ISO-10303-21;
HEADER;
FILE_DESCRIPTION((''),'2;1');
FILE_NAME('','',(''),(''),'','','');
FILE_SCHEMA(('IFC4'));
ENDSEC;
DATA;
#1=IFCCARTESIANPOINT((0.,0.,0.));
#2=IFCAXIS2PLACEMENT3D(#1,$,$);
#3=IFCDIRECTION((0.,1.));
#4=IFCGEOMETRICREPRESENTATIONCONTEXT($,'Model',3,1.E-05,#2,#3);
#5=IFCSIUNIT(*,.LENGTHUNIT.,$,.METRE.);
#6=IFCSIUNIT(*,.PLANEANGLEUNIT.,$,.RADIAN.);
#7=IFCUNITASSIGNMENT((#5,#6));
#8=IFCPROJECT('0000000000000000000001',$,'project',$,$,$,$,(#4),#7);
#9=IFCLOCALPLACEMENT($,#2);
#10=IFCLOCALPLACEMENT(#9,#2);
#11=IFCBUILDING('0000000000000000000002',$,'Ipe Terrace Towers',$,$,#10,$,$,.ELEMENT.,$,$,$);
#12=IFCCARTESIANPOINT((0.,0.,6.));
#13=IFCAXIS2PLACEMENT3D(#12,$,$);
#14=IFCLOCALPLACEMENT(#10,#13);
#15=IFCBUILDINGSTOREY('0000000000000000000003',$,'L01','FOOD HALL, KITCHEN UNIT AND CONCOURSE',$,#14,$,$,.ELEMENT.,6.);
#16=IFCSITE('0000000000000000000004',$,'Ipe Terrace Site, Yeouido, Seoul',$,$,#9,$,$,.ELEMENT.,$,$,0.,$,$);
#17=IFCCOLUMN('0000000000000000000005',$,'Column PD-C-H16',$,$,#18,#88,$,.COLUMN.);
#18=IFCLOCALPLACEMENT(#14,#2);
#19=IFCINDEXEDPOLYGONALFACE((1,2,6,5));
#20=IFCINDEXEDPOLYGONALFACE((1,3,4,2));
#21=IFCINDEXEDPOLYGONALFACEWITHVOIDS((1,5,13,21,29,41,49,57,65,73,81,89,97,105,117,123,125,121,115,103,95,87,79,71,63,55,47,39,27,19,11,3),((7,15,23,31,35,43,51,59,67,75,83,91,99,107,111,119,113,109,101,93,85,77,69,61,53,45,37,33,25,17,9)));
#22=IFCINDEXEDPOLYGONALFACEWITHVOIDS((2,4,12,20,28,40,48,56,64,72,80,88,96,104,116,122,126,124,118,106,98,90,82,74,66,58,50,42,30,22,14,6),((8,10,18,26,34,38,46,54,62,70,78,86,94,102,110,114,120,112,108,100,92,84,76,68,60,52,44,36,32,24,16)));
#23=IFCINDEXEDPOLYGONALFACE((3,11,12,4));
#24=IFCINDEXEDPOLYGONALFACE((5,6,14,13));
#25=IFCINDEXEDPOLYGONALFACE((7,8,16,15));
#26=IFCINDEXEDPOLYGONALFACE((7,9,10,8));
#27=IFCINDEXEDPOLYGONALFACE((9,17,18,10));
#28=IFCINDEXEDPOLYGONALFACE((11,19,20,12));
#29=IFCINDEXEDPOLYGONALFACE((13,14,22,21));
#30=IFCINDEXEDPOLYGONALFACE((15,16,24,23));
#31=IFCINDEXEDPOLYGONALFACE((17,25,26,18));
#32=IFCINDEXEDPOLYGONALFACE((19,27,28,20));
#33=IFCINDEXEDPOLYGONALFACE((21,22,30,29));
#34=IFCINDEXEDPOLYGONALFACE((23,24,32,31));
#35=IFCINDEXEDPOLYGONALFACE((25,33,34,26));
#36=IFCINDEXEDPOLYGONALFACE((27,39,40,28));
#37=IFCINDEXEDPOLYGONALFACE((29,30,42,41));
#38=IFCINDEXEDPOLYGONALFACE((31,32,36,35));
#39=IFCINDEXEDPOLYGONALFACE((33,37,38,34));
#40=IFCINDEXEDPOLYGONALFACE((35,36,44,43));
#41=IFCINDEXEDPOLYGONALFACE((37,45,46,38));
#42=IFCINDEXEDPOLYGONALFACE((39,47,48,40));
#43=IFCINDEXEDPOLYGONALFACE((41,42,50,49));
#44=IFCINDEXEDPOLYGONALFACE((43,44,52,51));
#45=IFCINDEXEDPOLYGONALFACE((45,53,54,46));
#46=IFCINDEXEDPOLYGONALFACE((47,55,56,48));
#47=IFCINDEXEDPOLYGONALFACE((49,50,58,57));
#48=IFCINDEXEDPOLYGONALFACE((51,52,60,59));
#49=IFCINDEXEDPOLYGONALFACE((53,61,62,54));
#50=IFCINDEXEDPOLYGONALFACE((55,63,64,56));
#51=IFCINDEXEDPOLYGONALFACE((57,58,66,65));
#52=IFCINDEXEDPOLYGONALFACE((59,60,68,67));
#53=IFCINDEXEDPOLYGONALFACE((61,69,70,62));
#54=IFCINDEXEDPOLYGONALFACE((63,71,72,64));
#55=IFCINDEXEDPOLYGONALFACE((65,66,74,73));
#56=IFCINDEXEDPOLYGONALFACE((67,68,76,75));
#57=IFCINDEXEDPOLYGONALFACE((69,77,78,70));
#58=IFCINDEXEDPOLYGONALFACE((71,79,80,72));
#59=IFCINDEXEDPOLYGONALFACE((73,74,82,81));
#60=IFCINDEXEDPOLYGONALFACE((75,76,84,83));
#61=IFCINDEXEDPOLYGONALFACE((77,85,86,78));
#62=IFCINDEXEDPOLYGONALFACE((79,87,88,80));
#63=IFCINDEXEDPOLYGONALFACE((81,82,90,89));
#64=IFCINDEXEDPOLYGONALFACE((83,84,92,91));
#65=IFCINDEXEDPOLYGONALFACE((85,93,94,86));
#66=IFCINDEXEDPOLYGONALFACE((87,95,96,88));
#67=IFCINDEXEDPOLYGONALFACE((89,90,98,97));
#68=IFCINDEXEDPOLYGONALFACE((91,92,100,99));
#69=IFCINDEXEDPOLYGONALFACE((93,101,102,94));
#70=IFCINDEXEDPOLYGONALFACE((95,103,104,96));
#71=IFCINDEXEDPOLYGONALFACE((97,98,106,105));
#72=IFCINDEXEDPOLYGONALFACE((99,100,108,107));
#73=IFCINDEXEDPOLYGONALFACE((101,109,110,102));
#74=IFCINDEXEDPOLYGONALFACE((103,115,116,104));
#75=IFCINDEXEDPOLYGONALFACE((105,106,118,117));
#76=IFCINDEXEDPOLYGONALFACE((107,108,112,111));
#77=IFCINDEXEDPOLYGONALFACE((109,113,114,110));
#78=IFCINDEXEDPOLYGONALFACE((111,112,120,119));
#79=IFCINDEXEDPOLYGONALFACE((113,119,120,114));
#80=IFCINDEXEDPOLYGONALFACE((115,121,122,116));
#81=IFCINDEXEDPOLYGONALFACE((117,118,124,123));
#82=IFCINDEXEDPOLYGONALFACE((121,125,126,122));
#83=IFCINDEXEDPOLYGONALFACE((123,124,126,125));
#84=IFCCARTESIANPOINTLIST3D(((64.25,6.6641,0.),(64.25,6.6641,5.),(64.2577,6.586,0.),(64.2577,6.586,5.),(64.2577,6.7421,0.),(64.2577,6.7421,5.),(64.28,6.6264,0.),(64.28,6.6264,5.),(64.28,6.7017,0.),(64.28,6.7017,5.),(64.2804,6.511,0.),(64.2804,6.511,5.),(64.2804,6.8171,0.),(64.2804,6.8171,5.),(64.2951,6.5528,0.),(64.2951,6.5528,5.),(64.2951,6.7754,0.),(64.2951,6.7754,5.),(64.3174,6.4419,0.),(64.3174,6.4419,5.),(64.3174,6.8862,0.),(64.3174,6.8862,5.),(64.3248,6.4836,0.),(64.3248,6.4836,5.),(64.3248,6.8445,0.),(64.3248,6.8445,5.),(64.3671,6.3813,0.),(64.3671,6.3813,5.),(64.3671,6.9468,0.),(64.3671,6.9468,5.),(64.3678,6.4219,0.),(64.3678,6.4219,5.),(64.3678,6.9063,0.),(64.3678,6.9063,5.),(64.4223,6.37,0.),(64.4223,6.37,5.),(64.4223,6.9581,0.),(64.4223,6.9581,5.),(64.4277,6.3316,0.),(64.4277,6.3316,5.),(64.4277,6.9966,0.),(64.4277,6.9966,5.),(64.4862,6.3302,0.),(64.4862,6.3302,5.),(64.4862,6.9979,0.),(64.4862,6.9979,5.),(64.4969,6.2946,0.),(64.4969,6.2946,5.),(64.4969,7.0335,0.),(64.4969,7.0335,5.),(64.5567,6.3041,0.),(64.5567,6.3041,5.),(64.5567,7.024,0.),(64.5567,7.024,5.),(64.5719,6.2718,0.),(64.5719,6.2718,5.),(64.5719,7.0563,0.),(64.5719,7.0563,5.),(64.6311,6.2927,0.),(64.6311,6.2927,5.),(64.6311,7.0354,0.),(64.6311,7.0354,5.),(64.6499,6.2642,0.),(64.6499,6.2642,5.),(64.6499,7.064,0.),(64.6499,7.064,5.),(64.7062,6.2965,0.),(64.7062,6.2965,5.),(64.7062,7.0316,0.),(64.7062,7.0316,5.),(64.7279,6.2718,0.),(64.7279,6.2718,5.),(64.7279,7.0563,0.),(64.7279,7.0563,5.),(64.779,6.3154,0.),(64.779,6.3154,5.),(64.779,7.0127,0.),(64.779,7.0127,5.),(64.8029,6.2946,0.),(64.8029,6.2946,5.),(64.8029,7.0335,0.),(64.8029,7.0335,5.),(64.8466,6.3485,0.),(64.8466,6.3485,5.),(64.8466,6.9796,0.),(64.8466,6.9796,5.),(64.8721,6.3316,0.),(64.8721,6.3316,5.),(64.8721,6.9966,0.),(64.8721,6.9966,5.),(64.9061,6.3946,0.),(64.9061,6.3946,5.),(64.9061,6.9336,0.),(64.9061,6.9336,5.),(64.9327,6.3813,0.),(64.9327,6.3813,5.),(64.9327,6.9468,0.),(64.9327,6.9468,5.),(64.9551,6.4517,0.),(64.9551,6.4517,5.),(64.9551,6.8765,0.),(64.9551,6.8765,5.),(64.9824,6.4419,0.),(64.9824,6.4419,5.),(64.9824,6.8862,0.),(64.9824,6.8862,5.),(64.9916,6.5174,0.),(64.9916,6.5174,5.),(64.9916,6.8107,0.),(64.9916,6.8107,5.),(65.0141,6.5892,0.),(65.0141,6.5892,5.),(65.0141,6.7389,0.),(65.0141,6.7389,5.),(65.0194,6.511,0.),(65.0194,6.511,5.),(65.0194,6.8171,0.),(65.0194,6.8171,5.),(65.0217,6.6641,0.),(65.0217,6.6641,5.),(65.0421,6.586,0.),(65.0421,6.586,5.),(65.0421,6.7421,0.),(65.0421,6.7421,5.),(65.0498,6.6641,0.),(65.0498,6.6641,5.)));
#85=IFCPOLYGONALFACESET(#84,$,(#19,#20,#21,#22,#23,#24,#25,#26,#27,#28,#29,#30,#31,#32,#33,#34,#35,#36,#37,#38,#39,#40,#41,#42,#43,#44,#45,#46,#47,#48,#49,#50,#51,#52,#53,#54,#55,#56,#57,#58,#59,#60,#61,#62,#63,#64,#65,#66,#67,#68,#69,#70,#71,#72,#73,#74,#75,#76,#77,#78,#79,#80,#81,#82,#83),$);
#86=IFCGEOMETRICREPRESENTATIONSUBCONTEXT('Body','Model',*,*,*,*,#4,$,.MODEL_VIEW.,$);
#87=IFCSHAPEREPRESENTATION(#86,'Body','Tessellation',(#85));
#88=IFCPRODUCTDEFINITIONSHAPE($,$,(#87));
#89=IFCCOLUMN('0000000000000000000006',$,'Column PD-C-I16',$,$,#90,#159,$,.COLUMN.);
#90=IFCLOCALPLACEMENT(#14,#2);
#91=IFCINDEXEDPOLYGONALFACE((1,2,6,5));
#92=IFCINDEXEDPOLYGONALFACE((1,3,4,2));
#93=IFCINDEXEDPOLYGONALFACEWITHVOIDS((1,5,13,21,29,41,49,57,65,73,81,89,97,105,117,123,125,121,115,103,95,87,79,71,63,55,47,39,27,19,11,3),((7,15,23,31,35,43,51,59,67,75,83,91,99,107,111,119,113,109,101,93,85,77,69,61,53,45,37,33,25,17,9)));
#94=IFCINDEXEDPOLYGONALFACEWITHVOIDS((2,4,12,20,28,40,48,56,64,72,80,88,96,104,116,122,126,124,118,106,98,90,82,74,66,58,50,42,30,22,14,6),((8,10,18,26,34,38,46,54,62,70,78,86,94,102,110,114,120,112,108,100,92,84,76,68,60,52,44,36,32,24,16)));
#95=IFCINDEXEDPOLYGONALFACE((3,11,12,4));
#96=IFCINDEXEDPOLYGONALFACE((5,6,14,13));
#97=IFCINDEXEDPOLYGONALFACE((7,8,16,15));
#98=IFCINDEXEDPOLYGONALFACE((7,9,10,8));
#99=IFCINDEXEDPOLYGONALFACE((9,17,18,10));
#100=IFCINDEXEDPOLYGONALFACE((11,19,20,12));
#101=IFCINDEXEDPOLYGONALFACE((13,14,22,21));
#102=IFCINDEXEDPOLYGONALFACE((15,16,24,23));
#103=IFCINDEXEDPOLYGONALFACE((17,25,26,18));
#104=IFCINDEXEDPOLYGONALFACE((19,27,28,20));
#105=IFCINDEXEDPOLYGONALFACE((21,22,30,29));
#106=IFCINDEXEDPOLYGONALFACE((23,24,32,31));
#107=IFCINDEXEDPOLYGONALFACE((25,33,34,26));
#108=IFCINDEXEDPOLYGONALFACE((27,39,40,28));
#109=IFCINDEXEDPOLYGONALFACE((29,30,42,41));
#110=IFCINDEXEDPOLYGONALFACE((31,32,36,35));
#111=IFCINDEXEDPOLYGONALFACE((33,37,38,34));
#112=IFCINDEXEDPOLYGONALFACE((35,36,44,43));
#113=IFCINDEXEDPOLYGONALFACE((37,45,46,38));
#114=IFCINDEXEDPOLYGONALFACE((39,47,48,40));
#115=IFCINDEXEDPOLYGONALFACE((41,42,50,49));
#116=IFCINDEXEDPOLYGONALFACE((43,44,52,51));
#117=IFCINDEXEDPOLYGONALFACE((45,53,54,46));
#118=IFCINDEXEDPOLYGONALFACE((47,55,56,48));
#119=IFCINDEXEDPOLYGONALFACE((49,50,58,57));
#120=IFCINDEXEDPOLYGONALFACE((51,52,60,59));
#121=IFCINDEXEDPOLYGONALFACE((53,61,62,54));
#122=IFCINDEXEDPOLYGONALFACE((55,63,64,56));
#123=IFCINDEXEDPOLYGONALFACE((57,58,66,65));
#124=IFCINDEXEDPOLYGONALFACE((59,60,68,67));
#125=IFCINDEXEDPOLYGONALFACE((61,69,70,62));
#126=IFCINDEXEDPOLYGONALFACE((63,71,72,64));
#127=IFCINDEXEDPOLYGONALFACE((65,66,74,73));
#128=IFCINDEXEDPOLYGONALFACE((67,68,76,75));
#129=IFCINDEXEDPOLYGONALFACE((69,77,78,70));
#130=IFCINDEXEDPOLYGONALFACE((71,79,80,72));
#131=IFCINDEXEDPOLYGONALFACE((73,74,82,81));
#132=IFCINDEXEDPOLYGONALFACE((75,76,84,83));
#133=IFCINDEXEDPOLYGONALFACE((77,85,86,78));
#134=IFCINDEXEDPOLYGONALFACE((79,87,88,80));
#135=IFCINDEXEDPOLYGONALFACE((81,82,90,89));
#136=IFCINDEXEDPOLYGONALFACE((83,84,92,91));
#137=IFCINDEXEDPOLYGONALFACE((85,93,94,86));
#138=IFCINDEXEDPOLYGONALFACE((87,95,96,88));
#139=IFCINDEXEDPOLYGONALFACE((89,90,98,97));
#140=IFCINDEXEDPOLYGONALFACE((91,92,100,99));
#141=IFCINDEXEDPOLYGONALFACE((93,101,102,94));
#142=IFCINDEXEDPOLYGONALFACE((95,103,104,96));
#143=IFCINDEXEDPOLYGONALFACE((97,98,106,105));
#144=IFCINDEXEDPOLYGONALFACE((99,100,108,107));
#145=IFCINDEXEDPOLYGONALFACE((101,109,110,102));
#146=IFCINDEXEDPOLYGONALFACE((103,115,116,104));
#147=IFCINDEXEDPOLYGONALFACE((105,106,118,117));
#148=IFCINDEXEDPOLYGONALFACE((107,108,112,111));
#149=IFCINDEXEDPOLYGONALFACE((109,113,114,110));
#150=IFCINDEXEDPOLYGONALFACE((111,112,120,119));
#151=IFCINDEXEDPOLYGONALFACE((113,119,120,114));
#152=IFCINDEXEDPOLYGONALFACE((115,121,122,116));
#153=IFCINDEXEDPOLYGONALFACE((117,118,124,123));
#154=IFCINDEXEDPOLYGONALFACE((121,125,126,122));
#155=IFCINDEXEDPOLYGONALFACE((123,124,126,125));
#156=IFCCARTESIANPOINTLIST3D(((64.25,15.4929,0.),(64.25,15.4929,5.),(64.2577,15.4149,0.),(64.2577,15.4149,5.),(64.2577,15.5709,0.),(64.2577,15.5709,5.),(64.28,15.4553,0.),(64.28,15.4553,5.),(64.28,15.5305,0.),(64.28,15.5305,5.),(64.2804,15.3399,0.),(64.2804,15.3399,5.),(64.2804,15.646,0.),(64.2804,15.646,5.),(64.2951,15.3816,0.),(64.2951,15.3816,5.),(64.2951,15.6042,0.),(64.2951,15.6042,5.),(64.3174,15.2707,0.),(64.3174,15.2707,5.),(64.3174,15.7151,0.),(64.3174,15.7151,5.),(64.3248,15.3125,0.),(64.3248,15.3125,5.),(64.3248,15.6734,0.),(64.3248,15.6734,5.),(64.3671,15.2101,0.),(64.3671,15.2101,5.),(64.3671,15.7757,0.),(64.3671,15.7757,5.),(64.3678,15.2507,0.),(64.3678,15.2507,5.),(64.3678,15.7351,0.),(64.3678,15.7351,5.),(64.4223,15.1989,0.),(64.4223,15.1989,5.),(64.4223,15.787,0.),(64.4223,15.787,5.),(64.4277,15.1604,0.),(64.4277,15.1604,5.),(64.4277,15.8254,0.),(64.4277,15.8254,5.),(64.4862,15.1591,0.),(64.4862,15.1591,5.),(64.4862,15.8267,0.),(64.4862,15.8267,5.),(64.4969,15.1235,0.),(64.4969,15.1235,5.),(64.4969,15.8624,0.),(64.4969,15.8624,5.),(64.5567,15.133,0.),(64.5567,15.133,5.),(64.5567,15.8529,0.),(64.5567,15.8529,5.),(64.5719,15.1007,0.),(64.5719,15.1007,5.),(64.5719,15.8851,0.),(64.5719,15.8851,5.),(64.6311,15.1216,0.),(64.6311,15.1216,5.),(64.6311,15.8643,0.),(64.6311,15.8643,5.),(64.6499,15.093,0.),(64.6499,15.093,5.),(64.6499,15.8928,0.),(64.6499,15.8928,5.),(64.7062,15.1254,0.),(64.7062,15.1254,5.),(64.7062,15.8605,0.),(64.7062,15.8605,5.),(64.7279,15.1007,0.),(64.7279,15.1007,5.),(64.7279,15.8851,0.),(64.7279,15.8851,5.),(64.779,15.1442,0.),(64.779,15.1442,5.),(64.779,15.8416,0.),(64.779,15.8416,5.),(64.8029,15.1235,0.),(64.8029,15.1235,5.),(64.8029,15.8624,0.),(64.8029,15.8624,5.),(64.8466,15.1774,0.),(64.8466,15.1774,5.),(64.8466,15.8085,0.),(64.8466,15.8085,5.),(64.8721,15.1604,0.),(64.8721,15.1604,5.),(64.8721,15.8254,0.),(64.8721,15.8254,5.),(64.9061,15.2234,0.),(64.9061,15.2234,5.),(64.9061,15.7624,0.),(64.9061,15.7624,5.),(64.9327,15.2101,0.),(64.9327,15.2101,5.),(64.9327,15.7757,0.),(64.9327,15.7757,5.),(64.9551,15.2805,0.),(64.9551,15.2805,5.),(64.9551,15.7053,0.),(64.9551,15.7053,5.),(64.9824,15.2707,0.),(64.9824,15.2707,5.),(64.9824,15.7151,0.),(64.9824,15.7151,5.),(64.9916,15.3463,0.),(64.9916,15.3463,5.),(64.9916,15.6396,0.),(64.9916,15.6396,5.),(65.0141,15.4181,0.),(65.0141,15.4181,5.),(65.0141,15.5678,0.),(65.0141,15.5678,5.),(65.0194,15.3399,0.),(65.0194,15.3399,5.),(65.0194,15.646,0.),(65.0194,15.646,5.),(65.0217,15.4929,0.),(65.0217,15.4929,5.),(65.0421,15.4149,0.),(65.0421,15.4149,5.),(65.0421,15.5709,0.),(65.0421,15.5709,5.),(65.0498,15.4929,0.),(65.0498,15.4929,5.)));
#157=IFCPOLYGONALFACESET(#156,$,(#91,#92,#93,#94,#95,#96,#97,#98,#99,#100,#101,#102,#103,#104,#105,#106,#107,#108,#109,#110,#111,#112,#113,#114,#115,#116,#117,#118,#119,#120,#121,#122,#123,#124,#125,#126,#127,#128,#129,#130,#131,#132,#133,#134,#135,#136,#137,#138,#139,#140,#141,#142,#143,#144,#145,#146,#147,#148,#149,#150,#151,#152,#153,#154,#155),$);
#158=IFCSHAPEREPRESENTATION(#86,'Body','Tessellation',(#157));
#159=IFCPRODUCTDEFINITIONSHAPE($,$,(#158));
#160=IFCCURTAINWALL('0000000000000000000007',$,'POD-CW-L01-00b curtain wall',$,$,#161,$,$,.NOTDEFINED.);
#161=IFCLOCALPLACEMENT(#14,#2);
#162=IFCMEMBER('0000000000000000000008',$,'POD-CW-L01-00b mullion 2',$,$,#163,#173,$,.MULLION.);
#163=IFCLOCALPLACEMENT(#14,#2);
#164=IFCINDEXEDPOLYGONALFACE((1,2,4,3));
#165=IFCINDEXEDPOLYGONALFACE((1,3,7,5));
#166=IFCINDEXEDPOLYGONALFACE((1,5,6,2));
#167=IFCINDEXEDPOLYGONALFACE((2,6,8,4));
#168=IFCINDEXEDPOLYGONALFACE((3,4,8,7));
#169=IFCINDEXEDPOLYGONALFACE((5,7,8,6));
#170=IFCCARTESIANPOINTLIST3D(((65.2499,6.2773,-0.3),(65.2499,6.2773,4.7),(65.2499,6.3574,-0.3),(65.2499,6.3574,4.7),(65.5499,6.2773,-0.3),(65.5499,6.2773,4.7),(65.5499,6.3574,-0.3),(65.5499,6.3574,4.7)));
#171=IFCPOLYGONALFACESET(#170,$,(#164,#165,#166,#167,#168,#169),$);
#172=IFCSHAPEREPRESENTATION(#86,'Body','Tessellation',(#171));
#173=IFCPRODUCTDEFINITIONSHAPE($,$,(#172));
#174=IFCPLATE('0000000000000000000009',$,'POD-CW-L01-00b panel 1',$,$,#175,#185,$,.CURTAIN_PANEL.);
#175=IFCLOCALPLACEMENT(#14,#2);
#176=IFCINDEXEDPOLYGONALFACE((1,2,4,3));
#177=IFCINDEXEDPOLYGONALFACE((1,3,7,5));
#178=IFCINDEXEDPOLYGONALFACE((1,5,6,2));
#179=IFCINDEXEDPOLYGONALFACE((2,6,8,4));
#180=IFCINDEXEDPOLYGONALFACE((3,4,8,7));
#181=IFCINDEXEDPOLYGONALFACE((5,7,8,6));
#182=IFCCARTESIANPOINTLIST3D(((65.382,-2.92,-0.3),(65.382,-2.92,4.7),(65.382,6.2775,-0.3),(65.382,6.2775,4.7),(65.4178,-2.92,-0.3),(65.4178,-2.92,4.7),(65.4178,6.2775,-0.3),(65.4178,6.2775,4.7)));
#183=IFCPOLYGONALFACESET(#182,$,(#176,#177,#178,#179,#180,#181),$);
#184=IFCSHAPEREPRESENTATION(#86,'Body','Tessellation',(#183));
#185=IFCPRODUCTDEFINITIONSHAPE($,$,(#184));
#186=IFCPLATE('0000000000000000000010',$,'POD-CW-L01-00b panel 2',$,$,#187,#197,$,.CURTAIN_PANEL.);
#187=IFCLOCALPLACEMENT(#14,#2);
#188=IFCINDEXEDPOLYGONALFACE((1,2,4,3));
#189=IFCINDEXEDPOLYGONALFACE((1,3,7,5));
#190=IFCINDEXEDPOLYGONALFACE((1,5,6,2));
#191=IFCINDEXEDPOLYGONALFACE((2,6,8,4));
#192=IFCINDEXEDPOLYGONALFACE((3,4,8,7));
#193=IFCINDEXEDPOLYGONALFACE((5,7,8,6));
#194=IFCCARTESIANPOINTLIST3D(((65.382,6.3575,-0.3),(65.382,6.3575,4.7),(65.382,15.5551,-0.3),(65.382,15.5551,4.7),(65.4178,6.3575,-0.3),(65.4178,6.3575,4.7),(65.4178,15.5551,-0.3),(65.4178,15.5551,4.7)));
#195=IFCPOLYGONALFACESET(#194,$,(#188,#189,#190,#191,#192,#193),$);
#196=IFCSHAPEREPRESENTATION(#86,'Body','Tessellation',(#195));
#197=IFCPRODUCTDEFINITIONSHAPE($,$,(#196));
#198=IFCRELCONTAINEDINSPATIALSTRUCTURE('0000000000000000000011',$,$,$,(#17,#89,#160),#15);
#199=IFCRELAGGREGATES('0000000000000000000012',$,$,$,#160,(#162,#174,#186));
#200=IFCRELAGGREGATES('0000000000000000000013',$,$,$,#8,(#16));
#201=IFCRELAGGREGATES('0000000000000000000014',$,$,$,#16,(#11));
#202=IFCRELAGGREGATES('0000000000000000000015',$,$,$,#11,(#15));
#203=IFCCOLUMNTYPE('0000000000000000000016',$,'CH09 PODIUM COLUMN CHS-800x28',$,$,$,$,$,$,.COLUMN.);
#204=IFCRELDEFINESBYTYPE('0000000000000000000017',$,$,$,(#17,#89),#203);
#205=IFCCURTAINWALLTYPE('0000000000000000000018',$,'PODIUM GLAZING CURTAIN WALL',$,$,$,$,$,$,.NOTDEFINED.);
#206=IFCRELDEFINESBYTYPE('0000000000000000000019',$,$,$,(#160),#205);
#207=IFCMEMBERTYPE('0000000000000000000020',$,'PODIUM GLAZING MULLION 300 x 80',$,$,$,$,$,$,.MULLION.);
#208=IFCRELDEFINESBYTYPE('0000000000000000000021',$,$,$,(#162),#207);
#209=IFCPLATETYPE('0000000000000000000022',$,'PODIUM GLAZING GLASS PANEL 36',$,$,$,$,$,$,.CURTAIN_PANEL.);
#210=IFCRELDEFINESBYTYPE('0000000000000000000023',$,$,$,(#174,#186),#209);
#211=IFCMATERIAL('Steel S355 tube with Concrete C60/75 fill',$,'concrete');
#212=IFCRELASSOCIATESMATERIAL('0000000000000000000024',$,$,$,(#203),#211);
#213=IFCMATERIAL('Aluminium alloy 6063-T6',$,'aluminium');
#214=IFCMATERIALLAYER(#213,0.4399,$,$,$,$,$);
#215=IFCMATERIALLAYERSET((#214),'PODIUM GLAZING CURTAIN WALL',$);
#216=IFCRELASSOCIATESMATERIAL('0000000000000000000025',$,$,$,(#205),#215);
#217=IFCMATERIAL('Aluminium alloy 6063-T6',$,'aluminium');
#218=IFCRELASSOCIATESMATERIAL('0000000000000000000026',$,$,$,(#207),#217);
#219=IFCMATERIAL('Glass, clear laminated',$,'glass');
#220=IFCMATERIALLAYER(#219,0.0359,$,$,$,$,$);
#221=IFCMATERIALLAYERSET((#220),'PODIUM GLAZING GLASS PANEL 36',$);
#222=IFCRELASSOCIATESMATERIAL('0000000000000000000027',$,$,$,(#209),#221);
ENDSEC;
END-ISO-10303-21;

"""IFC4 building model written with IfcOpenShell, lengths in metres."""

from ifc_helpers import new_model, si_unit, direction, frame, origin, origin_2d, place, context, subcontext, project, spatial, rectangle, hollow_circle, extrude, material, layer, layer_set, material_profile, profile_set, type_object, element, aggregate, save


model = new_model("IFC4")

# Units and contexts
model_context = context("Model", 3, precision=1e-05, world=origin(), true_north=direction((0.0, 1.0)))
body_context = subcontext(model_context, "Body", "Model", "MODEL_VIEW")
ifc_project = project(units=[si_unit("LENGTHUNIT", "METRE"), si_unit("PLANEANGLEUNIT", "RADIAN")], contexts=[model_context])

# Site, building, storey
site_placement = place(None, origin())
site = spatial("IfcSite", under=ifc_project, at=site_placement, Name="Ipe Terrace Site, Yeouido, Seoul", CompositionType="ELEMENT", RefElevation=0.0)
building_placement = place(site_placement, origin())
building = spatial("IfcBuilding", under=site, at=building_placement, Name="Ipe Terrace Towers", CompositionType="ELEMENT")
storey_placement = place(building_placement, frame((0.0, 0.0, 6.0)))
storey = spatial("IfcBuildingStorey", under=building, at=storey_placement, Name="L01", Description="FOOD HALL, KITCHEN UNIT AND CONCOURSE", CompositionType="ELEMENT", Elevation=6.0)

# Columns
ifc_material_1 = material(Name="Steel S355 tube with Concrete C60/75 fill", Category="concrete")
ifc_material_profile_1 = material_profile(ifc_material_1, hollow_circle(Radius=0.3999, WallThickness=0.0281, at=origin_2d()), Name="CHS-800x28")
ifc_profile_set_1 = profile_set([ifc_material_profile_1], Name="Steel S355 tube with Concrete C60/75 fill")
column_type = type_object("IfcColumnType", Name="CH09 PODIUM COLUMN CHS-800x28", PredefinedType="COLUMN", material=ifc_profile_set_1)
for number, where, z_axis, x_axis, name in (
    (1, (64.6499, 6.6641, 0.0), (0.0, 0.0, 1.0), (1.0, 0.0, 0.0), "Column PD-C-H16"),
    (2, (64.6499, 15.4929, 0.0), (0.0, 0.0, 1.0), (1.0, 0.0, 0.0), "Column PD-C-I16"),
):
    element("IfcColumn", number, at=place(storey_placement, frame(where, z_axis=z_axis, x_axis=x_axis)), inside=storey, type_object=column_type, Name=name, PredefinedType="COLUMN", context=body_context, shape_type="SweptSolid", body=[
        extrude(hollow_circle(Radius=0.3999, WallThickness=0.0281, at=origin_2d()), origin(), (0.0, 0.0, 1.0), 5.0),
    ])

# Curtain wall, member, plates
ifc_material_2 = material(Name="Aluminium alloy 6063-T6", Category="aluminium")
ifc_layer_1 = layer(ifc_material_2, 0.4399)
ifc_layer_set_1 = layer_set([ifc_layer_1], Name="PODIUM GLAZING CURTAIN WALL")
curtain_wall_type = type_object("IfcCurtainWallType", Name="PODIUM GLAZING CURTAIN WALL", PredefinedType="NOTDEFINED", material=ifc_layer_set_1)
curtain_wall_placement = place(storey_placement, origin())
curtain_wall = element("IfcCurtainWall", 3, at=curtain_wall_placement, inside=storey, type_object=curtain_wall_type, Name="POD-CW-L01-00b curtain wall", PredefinedType="NOTDEFINED")
ifc_material_3 = material(Name="Aluminium alloy 6063-T6", Category="aluminium")
ifc_material_profile_2 = material_profile(ifc_material_3, rectangle(XDim=0.3, YDim=0.0801, at=origin_2d()), Name="PODIUM GLAZING MULLION 300 x 80")
ifc_profile_set_2 = profile_set([ifc_material_profile_2], Name="Aluminium alloy 6063-T6")
member_type = type_object("IfcMemberType", Name="PODIUM GLAZING MULLION 300 x 80", PredefinedType="MULLION", material=ifc_profile_set_2)
member_placement = place(storey_placement, frame((65.3999, 6.3174, -0.3), z_axis=(0.0, 0.0, 1.0), x_axis=(1.0, 0.0, 0.0)))
member = element("IfcMember", 4, at=member_placement, type_object=member_type, Name="POD-CW-L01-00b mullion 2", PredefinedType="MULLION", context=body_context, shape_type="SweptSolid", body=[
    extrude(rectangle(XDim=0.3, YDim=0.0801, at=origin_2d()), origin(), (0.0, 0.0, 1.0), 5.0),
])
ifc_material_4 = material(Name="Glass, clear laminated", Category="glass")
ifc_layer_2 = layer(ifc_material_4, 0.0359)
ifc_layer_set_2 = layer_set([ifc_layer_2], Name="PODIUM GLAZING GLASS PANEL 36")
plate_type = type_object("IfcPlateType", Name="PODIUM GLAZING GLASS PANEL 36", PredefinedType="CURTAIN_PANEL", material=ifc_layer_set_2)
plate_1_placement = place(storey_placement, frame((65.3999, 1.6787, -0.3), z_axis=(0.0, 0.0, 1.0), x_axis=(0.0, 1.0, 0.0)))
plate_1 = element("IfcPlate", 5, at=plate_1_placement, type_object=plate_type, Name="POD-CW-L01-00b panel 1", PredefinedType="CURTAIN_PANEL", context=body_context, shape_type="SweptSolid", body=[
    extrude(rectangle(XDim=9.1975, YDim=0.0359, at=origin_2d()), origin(), (0.0, 0.0, 1.0), 5.0),
])
plate_2_placement = place(storey_placement, frame((65.3999, 10.9563, -0.3), z_axis=(0.0, 0.0, 1.0), x_axis=(0.0, 1.0, 0.0)))
plate_2 = element("IfcPlate", 6, at=plate_2_placement, type_object=plate_type, Name="POD-CW-L01-00b panel 2", PredefinedType="CURTAIN_PANEL", context=body_context, shape_type="SweptSolid", body=[
    extrude(rectangle(XDim=9.1975, YDim=0.0359, at=origin_2d()), origin(), (0.0, 0.0, 1.0), 5.0),
])
aggregate(curtain_wall, [member, plate_1, plate_2])

save(model, "model.ifc")
